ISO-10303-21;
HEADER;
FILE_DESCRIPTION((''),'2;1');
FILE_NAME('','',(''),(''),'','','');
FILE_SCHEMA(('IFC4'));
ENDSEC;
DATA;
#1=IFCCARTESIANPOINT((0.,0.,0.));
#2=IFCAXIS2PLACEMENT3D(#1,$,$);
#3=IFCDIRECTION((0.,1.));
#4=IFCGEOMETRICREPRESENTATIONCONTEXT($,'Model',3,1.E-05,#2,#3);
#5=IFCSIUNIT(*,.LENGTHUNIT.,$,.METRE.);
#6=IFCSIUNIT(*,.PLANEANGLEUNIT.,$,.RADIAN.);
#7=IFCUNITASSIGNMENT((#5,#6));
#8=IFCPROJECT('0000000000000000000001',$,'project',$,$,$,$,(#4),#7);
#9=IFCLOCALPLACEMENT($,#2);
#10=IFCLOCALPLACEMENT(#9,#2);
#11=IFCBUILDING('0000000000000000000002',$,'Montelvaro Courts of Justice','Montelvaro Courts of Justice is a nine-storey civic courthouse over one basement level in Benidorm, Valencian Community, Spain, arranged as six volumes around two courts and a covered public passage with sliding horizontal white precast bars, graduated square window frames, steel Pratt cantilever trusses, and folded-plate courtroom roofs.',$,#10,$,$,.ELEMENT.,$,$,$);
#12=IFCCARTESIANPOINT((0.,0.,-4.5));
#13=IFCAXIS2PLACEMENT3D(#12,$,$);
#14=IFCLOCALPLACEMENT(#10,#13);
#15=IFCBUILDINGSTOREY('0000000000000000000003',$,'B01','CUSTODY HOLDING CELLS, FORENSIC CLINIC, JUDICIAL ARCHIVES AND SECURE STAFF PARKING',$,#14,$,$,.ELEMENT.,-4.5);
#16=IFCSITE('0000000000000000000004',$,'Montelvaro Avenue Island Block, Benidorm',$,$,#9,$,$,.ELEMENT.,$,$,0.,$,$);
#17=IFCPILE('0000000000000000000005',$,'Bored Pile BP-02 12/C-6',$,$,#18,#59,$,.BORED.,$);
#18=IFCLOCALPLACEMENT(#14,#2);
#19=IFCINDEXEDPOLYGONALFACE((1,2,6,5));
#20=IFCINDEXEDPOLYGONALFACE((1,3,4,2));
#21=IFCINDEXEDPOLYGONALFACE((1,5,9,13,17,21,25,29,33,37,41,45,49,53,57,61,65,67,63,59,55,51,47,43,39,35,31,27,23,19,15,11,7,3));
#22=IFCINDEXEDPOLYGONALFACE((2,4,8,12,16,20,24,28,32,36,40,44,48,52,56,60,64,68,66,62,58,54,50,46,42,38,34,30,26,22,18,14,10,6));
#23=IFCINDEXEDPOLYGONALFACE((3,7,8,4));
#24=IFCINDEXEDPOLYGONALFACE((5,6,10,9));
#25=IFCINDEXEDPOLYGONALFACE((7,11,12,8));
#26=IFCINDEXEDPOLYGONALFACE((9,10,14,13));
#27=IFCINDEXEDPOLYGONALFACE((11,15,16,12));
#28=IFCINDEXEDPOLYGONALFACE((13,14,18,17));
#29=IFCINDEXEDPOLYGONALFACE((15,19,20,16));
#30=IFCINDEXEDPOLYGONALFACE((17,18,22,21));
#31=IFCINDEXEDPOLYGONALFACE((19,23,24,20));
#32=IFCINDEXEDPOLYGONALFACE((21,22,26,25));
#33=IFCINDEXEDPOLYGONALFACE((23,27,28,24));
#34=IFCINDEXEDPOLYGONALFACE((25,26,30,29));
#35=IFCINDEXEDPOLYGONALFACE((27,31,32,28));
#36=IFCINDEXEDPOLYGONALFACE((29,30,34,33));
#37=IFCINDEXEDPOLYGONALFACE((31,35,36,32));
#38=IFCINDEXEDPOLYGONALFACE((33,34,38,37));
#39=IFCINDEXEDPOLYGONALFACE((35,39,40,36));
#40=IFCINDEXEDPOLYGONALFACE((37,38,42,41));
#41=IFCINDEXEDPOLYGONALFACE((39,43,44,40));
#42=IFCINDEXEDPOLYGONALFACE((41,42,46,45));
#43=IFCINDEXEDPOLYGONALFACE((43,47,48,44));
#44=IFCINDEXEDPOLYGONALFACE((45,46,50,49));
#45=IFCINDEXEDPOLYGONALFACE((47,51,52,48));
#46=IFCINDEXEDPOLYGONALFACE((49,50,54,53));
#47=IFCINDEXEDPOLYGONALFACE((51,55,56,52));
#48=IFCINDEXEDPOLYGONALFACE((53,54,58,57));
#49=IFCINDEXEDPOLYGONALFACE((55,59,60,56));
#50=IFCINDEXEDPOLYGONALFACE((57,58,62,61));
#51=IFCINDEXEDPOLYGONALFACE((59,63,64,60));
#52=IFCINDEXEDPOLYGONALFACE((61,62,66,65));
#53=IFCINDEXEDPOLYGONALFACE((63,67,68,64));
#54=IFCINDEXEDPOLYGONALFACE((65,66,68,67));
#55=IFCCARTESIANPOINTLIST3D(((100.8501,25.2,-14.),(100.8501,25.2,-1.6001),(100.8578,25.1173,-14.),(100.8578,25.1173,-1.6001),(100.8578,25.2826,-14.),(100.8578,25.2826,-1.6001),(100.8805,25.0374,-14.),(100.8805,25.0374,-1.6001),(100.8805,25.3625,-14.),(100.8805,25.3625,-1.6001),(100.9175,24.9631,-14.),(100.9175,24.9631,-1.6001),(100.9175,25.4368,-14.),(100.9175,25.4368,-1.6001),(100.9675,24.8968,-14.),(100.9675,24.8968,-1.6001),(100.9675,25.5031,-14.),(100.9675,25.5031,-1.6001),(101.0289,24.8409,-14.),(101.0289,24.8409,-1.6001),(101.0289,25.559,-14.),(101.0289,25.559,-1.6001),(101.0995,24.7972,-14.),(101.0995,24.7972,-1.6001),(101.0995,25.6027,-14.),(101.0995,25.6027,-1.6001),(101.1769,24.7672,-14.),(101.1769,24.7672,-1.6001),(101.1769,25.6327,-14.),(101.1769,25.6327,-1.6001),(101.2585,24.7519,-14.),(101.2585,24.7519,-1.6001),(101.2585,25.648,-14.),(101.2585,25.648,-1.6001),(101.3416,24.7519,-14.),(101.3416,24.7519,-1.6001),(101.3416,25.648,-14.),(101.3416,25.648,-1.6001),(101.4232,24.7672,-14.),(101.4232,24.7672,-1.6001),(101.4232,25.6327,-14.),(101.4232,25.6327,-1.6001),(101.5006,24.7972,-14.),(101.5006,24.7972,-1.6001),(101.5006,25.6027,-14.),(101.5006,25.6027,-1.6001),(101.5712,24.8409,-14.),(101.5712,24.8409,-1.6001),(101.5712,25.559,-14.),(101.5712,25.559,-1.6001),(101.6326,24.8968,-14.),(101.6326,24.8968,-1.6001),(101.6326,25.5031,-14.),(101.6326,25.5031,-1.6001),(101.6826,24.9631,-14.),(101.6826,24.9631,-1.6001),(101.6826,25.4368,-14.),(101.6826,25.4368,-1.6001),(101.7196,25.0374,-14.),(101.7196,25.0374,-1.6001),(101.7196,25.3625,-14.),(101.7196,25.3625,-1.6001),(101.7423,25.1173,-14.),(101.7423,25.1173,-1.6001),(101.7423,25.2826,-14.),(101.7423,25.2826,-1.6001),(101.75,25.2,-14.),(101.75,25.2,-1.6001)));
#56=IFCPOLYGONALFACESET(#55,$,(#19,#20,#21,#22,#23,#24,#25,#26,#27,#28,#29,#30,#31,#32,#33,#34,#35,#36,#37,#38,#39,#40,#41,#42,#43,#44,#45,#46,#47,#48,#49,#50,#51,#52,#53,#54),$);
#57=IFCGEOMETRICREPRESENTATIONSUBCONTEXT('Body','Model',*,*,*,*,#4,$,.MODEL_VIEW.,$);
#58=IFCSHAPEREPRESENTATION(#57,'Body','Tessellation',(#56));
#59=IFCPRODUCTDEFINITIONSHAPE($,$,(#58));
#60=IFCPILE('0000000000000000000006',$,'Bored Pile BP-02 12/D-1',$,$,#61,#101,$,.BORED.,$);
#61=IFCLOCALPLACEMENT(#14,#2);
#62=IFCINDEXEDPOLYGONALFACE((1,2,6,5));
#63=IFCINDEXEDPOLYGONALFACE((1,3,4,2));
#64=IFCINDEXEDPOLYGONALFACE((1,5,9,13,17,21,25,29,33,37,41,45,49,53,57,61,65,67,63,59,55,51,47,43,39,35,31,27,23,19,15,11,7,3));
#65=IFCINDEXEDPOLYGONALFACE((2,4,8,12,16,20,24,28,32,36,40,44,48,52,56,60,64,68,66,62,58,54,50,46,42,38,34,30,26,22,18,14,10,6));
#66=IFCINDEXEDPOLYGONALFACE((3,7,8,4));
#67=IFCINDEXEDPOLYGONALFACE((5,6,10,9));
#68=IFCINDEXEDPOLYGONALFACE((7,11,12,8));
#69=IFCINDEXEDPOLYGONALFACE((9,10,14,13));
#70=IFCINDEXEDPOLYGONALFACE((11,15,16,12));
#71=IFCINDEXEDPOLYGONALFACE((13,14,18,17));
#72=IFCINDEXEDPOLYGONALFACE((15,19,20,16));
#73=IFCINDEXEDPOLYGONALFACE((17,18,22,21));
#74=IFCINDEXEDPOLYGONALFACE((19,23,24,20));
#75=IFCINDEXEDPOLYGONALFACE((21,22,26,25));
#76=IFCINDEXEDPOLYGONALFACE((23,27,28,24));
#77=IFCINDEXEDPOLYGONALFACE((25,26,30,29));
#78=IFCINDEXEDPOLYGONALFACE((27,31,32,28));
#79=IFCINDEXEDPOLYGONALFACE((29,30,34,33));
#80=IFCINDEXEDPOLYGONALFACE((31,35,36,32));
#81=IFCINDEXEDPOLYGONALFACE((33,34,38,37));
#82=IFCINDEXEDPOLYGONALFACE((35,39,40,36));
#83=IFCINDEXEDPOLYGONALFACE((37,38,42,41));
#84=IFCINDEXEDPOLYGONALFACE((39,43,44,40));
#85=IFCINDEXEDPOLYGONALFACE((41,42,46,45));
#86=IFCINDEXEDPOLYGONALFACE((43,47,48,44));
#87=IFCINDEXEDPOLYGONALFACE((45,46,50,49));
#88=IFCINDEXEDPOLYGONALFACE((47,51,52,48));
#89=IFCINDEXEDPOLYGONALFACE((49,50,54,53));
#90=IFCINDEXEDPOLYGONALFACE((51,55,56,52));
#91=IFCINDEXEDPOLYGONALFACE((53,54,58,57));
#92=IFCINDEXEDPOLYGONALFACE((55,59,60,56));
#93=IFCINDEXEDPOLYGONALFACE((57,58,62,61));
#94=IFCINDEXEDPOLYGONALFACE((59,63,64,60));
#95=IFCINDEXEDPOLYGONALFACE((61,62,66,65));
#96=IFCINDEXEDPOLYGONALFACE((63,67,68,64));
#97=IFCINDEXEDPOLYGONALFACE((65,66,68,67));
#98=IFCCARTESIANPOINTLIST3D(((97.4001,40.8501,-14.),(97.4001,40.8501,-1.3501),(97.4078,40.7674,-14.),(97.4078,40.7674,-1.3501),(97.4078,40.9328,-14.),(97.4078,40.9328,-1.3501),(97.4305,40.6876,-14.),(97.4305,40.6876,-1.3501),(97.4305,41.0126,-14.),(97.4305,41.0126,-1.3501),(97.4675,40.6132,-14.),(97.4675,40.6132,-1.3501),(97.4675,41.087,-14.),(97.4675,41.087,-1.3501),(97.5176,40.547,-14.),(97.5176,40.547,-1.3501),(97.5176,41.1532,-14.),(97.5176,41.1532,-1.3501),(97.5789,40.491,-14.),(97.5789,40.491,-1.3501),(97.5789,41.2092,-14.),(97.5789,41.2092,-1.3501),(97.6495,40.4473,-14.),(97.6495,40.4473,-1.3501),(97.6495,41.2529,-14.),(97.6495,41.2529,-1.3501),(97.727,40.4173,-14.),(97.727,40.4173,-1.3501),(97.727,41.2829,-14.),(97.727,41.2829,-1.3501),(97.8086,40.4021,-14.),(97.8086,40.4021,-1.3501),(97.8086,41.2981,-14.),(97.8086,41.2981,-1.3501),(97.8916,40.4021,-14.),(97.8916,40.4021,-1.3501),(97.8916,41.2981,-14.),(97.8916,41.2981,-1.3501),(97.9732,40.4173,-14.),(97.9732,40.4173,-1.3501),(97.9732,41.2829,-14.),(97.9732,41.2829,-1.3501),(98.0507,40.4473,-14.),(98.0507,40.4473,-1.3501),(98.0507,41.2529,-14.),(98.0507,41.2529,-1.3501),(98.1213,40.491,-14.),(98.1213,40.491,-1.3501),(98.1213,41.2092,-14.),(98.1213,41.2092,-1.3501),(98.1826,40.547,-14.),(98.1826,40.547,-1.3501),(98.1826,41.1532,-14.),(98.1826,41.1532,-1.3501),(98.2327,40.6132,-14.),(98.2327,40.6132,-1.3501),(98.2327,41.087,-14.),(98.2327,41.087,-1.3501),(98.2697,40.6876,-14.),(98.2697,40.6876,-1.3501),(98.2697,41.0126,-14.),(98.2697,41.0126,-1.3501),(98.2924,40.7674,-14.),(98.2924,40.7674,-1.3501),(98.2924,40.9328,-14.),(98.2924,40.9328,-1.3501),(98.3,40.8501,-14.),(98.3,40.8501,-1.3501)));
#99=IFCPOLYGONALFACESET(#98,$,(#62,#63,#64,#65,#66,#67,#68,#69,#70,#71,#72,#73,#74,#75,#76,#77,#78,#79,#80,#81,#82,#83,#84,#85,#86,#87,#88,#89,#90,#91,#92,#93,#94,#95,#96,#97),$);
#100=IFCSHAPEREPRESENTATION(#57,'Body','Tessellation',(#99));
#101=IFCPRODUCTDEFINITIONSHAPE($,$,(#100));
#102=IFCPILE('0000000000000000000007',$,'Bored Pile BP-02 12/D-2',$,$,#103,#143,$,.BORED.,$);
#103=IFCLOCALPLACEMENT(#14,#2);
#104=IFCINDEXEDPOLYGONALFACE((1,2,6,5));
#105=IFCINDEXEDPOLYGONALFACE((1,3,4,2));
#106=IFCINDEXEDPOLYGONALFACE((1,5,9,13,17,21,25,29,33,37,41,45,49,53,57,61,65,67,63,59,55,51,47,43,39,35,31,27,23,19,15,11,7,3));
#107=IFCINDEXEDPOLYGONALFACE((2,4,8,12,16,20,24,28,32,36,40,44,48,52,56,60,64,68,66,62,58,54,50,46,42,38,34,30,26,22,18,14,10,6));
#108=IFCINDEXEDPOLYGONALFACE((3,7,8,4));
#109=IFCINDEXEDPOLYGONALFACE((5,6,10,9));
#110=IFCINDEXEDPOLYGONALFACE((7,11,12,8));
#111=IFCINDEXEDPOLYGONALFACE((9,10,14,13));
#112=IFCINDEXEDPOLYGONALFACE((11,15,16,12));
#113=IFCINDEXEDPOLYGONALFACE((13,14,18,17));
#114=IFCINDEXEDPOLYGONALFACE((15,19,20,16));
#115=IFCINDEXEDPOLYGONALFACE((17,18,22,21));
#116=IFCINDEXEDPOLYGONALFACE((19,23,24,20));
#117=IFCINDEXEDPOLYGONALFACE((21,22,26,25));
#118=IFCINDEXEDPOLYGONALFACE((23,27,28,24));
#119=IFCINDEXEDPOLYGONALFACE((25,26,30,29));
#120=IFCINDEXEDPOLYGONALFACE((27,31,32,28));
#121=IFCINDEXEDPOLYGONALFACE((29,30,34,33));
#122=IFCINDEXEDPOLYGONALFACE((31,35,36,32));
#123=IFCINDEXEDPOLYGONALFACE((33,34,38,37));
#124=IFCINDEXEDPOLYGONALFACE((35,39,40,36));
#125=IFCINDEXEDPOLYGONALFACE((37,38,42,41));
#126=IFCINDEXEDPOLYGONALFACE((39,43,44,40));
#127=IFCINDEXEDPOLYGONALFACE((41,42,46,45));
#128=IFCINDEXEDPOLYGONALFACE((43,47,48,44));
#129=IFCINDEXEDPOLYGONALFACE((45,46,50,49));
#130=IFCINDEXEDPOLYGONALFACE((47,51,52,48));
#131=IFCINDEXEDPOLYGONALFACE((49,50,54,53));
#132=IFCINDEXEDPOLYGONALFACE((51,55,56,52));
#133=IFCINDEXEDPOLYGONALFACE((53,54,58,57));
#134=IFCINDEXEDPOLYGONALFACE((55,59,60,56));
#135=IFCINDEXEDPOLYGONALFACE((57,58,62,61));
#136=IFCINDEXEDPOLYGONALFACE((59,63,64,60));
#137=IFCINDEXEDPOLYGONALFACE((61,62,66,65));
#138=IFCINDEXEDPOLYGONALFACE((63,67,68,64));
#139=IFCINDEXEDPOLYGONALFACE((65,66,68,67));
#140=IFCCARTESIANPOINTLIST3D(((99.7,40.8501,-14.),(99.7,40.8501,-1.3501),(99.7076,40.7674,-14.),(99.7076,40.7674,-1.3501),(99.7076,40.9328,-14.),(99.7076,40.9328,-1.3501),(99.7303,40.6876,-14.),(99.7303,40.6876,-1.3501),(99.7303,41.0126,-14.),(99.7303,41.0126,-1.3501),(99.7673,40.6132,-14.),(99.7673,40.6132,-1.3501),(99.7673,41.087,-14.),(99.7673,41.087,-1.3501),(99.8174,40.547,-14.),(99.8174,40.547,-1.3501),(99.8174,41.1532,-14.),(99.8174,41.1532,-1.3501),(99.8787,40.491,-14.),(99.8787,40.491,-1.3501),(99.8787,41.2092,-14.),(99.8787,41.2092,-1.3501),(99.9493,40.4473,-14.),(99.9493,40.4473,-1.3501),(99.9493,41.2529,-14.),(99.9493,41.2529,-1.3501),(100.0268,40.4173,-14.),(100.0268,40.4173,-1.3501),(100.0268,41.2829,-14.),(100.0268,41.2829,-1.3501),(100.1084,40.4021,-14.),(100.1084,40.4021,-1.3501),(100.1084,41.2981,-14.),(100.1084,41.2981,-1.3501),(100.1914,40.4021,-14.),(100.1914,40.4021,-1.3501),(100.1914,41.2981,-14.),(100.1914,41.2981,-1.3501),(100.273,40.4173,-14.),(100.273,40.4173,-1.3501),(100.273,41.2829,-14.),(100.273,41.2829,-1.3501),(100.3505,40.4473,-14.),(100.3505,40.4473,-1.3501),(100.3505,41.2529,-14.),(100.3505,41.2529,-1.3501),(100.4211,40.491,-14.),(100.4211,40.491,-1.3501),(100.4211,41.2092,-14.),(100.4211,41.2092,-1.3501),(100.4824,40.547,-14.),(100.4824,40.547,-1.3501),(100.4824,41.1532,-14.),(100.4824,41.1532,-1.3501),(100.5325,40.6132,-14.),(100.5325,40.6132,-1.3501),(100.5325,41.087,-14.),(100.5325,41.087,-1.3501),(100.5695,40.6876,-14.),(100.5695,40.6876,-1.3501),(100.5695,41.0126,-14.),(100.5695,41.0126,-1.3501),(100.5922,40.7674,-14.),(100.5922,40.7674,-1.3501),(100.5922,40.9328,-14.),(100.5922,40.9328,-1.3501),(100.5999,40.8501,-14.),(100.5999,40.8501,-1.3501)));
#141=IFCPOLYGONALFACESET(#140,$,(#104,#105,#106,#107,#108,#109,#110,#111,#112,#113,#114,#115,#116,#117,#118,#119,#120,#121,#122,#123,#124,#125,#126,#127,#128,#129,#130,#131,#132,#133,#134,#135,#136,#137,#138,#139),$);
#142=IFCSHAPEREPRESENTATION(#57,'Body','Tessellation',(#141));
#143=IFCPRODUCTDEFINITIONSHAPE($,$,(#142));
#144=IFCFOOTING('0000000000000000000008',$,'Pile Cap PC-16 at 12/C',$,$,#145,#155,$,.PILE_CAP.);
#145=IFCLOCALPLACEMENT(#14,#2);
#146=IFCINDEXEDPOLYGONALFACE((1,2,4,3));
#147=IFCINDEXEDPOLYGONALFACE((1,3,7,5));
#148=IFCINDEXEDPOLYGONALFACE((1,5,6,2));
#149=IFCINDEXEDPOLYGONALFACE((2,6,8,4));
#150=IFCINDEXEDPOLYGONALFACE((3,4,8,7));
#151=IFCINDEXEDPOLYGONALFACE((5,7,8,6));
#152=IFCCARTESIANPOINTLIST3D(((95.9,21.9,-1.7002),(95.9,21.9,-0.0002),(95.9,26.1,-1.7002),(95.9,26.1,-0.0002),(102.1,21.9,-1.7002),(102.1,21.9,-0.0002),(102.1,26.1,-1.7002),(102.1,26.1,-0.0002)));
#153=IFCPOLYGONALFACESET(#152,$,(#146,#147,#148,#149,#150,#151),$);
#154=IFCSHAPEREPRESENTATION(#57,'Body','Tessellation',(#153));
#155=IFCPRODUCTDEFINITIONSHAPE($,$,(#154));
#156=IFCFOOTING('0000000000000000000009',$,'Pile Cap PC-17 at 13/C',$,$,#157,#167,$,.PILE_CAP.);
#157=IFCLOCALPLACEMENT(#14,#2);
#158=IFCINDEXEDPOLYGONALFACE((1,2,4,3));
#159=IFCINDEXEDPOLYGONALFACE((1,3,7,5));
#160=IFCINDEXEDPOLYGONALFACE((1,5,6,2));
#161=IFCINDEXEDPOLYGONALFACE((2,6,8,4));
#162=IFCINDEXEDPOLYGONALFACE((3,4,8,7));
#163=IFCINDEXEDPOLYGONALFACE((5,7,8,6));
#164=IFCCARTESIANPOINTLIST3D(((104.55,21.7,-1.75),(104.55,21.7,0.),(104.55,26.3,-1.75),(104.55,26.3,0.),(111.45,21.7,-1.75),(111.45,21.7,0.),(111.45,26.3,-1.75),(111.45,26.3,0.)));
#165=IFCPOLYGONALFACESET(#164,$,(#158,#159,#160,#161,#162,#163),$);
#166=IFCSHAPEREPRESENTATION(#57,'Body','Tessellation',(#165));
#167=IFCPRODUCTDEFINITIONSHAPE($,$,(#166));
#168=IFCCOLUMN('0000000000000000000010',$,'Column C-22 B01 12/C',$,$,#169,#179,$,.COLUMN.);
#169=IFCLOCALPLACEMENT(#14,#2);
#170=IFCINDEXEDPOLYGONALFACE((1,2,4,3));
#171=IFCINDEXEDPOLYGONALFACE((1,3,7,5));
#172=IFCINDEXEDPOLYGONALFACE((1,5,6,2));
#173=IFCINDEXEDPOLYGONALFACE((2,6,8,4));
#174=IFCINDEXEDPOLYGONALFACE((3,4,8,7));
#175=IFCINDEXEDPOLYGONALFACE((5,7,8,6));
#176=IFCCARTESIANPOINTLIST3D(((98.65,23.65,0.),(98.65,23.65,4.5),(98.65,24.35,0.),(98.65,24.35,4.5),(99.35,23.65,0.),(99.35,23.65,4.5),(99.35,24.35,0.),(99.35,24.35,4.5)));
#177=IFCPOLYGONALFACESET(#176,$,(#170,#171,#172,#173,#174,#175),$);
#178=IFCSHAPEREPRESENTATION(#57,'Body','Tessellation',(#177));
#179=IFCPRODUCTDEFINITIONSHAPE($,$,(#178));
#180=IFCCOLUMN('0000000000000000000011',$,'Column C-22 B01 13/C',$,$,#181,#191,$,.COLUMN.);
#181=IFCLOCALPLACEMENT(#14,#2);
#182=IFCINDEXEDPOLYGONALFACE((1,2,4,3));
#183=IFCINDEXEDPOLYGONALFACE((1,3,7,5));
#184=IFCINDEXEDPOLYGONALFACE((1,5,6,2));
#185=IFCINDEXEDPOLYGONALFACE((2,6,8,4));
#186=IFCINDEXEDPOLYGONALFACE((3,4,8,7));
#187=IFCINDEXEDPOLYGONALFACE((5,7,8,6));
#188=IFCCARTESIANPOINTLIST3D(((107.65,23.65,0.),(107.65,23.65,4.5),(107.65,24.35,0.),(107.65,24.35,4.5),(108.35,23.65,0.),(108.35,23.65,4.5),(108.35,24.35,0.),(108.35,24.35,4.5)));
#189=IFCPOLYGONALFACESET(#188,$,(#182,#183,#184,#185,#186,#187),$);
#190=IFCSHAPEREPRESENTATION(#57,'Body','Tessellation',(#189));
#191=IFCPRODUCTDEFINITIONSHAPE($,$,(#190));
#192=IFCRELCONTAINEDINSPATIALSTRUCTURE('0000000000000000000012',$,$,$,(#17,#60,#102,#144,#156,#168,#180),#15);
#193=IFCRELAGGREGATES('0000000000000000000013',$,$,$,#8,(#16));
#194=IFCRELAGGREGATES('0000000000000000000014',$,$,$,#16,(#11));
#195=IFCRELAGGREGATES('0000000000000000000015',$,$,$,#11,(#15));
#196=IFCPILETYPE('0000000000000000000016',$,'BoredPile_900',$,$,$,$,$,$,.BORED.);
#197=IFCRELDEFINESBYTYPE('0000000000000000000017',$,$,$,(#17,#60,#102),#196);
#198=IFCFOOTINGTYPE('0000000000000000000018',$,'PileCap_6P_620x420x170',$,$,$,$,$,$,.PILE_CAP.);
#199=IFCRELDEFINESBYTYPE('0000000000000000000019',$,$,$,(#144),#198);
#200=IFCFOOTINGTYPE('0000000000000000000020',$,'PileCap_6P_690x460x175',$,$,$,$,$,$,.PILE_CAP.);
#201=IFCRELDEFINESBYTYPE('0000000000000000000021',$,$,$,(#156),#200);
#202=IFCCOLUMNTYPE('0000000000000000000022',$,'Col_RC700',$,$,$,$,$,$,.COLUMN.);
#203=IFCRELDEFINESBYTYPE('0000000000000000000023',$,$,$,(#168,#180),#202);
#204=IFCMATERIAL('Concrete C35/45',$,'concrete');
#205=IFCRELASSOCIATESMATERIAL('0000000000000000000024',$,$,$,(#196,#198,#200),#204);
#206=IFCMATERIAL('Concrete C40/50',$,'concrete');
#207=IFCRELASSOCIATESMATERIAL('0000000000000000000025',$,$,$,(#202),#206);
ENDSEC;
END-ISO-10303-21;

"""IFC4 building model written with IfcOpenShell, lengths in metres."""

from ifc_helpers import new_model, si_unit, direction, frame, origin, origin_2d, place, context, subcontext, project, spatial, rectangle, circle, extrude, material, material_profile, profile_set, type_object, element, save


model = new_model("IFC4")

# Units and contexts
model_context = context("Model", 3, precision=1e-05, world=origin(), true_north=direction((0.0, 1.0)))
body_context = subcontext(model_context, "Body", "Model", "MODEL_VIEW")
ifc_project = project(units=[si_unit("LENGTHUNIT", "METRE"), si_unit("PLANEANGLEUNIT", "RADIAN")], contexts=[model_context])

# Site, building, storey
site_placement = place(None, origin())
site = spatial("IfcSite", under=ifc_project, at=site_placement, Name="Montelvaro Avenue Island Block, Benidorm", CompositionType="ELEMENT", RefElevation=0.0)
building_placement = place(site_placement, origin())
building = spatial("IfcBuilding", under=site, at=building_placement, Name="Montelvaro Courts of Justice", Description="Montelvaro Courts of Justice is a nine-storey civic courthouse over one basement level in Benidorm, Valencian Community, Spain, arranged as six volumes around two courts and a covered public passage with sliding horizontal white precast bars, graduated square window frames, steel Pratt cantilever trusses, and folded-plate courtroom roofs.", CompositionType="ELEMENT")
storey_placement = place(building_placement, frame((0.0, 0.0, -4.5)))
storey = spatial("IfcBuildingStorey", under=building, at=storey_placement, Name="B01", Description="CUSTODY HOLDING CELLS, FORENSIC CLINIC, JUDICIAL ARCHIVES AND SECURE STAFF PARKING", CompositionType="ELEMENT", Elevation=-4.5)

# Piles
ifc_material_1 = material(Name="Concrete C35/45", Category="concrete")
ifc_material_profile_1 = material_profile(ifc_material_1, circle(Radius=0.45, at=origin_2d()), Name="BORED PILE D900")
ifc_profile_set_1 = profile_set([ifc_material_profile_1], Name="Concrete C35/45")
pile_type_1 = type_object("IfcPileType", Name="BoredPile_900", PredefinedType="BORED", material=ifc_profile_set_1)
for number, where, z_axis, x_axis, name in (
    (1, (101.3, 25.2, -1.6001), (0.0, 0.0, -1.0), (1.0, 0.0, 0.0), "Bored Pile BP-02 12/C-6"),
):
    element("IfcPile", number, at=place(storey_placement, frame(where, z_axis=z_axis, x_axis=x_axis)), inside=storey, type_object=pile_type_1, Name=name, PredefinedType="BORED", context=body_context, shape_type="SweptSolid", body=[
        extrude(circle(Radius=0.45, at=origin_2d()), origin(), (0.0, 0.0, 1.0), 12.3999),
    ])
for number, where, z_axis, x_axis, name in (
    (2, (97.8501, 40.8501, -1.3501), (0.0, 0.0, -1.0), (1.0, 0.0, 0.0), "Bored Pile BP-02 12/D-1"),
    (3, (100.1499, 40.8501, -1.3501), (0.0, 0.0, -1.0), (1.0, 0.0, 0.0), "Bored Pile BP-02 12/D-2"),
):
    element("IfcPile", number, at=place(storey_placement, frame(where, z_axis=z_axis, x_axis=x_axis)), inside=storey, type_object=pile_type_1, Name=name, PredefinedType="BORED", context=body_context, shape_type="SweptSolid", body=[
        extrude(circle(Radius=0.45, at=origin_2d()), origin(), (0.0, 0.0, 1.0), 12.6499),
    ])

# Footings
footing_type_1 = type_object("IfcFootingType", Name="PileCap_6P_620x420x170", PredefinedType="PILE_CAP", material=ifc_material_1)
footing_1_placement = place(storey_placement, frame((99.0, 24.0, -1.7002), z_axis=(0.0, 0.0, 1.0), x_axis=(1.0, 0.0, 0.0)))
element("IfcFooting", 4, at=footing_1_placement, inside=storey, type_object=footing_type_1, Name="Pile Cap PC-16 at 12/C", PredefinedType="PILE_CAP", context=body_context, shape_type="SweptSolid", body=[
    extrude(rectangle(XDim=6.2, YDim=4.2, at=origin_2d()), origin(), (0.0, 0.0, 1.0), 1.7),
])
footing_type_2 = type_object("IfcFootingType", Name="PileCap_6P_690x460x175", PredefinedType="PILE_CAP", material=ifc_material_1)
footing_2_placement = place(storey_placement, frame((108.0, 24.0, -1.75), z_axis=(0.0, 0.0, 1.0), x_axis=(1.0, 0.0, 0.0)))
element("IfcFooting", 5, at=footing_2_placement, inside=storey, type_object=footing_type_2, Name="Pile Cap PC-17 at 13/C", PredefinedType="PILE_CAP", context=body_context, shape_type="SweptSolid", body=[
    extrude(rectangle(XDim=6.8999, YDim=4.6001, at=origin_2d()), origin(), (0.0, 0.0, 1.0), 1.75),
])

# Columns
ifc_material_2 = material(Name="Concrete C40/50", Category="concrete")
ifc_material_profile_2 = material_profile(ifc_material_2, rectangle(XDim=0.7, YDim=0.7, at=origin_2d()), Name="RC 700x700")
ifc_profile_set_2 = profile_set([ifc_material_profile_2], Name="Concrete C40/50")
column_type = type_object("IfcColumnType", Name="Col_RC700", PredefinedType="COLUMN", material=ifc_profile_set_2)
for number, where, z_axis, x_axis, name in (
    (6, (99.0, 24.0, 0.0), (0.0, 0.0, 1.0), (1.0, 0.0, 0.0), "Column C-22 B01 12/C"),
    (7, (108.0, 24.0, 0.0), (0.0, 0.0, 1.0), (1.0, 0.0, 0.0), "Column C-22 B01 13/C"),
):
    element("IfcColumn", number, at=place(storey_placement, frame(where, z_axis=z_axis, x_axis=x_axis)), inside=storey, type_object=column_type, Name=name, PredefinedType="COLUMN", context=body_context, shape_type="SweptSolid", body=[
        extrude(rectangle(XDim=0.7, YDim=0.7, at=origin_2d()), origin(), (0.0, 0.0, 1.0), 4.5),
    ])

save(model, "model.ifc")
